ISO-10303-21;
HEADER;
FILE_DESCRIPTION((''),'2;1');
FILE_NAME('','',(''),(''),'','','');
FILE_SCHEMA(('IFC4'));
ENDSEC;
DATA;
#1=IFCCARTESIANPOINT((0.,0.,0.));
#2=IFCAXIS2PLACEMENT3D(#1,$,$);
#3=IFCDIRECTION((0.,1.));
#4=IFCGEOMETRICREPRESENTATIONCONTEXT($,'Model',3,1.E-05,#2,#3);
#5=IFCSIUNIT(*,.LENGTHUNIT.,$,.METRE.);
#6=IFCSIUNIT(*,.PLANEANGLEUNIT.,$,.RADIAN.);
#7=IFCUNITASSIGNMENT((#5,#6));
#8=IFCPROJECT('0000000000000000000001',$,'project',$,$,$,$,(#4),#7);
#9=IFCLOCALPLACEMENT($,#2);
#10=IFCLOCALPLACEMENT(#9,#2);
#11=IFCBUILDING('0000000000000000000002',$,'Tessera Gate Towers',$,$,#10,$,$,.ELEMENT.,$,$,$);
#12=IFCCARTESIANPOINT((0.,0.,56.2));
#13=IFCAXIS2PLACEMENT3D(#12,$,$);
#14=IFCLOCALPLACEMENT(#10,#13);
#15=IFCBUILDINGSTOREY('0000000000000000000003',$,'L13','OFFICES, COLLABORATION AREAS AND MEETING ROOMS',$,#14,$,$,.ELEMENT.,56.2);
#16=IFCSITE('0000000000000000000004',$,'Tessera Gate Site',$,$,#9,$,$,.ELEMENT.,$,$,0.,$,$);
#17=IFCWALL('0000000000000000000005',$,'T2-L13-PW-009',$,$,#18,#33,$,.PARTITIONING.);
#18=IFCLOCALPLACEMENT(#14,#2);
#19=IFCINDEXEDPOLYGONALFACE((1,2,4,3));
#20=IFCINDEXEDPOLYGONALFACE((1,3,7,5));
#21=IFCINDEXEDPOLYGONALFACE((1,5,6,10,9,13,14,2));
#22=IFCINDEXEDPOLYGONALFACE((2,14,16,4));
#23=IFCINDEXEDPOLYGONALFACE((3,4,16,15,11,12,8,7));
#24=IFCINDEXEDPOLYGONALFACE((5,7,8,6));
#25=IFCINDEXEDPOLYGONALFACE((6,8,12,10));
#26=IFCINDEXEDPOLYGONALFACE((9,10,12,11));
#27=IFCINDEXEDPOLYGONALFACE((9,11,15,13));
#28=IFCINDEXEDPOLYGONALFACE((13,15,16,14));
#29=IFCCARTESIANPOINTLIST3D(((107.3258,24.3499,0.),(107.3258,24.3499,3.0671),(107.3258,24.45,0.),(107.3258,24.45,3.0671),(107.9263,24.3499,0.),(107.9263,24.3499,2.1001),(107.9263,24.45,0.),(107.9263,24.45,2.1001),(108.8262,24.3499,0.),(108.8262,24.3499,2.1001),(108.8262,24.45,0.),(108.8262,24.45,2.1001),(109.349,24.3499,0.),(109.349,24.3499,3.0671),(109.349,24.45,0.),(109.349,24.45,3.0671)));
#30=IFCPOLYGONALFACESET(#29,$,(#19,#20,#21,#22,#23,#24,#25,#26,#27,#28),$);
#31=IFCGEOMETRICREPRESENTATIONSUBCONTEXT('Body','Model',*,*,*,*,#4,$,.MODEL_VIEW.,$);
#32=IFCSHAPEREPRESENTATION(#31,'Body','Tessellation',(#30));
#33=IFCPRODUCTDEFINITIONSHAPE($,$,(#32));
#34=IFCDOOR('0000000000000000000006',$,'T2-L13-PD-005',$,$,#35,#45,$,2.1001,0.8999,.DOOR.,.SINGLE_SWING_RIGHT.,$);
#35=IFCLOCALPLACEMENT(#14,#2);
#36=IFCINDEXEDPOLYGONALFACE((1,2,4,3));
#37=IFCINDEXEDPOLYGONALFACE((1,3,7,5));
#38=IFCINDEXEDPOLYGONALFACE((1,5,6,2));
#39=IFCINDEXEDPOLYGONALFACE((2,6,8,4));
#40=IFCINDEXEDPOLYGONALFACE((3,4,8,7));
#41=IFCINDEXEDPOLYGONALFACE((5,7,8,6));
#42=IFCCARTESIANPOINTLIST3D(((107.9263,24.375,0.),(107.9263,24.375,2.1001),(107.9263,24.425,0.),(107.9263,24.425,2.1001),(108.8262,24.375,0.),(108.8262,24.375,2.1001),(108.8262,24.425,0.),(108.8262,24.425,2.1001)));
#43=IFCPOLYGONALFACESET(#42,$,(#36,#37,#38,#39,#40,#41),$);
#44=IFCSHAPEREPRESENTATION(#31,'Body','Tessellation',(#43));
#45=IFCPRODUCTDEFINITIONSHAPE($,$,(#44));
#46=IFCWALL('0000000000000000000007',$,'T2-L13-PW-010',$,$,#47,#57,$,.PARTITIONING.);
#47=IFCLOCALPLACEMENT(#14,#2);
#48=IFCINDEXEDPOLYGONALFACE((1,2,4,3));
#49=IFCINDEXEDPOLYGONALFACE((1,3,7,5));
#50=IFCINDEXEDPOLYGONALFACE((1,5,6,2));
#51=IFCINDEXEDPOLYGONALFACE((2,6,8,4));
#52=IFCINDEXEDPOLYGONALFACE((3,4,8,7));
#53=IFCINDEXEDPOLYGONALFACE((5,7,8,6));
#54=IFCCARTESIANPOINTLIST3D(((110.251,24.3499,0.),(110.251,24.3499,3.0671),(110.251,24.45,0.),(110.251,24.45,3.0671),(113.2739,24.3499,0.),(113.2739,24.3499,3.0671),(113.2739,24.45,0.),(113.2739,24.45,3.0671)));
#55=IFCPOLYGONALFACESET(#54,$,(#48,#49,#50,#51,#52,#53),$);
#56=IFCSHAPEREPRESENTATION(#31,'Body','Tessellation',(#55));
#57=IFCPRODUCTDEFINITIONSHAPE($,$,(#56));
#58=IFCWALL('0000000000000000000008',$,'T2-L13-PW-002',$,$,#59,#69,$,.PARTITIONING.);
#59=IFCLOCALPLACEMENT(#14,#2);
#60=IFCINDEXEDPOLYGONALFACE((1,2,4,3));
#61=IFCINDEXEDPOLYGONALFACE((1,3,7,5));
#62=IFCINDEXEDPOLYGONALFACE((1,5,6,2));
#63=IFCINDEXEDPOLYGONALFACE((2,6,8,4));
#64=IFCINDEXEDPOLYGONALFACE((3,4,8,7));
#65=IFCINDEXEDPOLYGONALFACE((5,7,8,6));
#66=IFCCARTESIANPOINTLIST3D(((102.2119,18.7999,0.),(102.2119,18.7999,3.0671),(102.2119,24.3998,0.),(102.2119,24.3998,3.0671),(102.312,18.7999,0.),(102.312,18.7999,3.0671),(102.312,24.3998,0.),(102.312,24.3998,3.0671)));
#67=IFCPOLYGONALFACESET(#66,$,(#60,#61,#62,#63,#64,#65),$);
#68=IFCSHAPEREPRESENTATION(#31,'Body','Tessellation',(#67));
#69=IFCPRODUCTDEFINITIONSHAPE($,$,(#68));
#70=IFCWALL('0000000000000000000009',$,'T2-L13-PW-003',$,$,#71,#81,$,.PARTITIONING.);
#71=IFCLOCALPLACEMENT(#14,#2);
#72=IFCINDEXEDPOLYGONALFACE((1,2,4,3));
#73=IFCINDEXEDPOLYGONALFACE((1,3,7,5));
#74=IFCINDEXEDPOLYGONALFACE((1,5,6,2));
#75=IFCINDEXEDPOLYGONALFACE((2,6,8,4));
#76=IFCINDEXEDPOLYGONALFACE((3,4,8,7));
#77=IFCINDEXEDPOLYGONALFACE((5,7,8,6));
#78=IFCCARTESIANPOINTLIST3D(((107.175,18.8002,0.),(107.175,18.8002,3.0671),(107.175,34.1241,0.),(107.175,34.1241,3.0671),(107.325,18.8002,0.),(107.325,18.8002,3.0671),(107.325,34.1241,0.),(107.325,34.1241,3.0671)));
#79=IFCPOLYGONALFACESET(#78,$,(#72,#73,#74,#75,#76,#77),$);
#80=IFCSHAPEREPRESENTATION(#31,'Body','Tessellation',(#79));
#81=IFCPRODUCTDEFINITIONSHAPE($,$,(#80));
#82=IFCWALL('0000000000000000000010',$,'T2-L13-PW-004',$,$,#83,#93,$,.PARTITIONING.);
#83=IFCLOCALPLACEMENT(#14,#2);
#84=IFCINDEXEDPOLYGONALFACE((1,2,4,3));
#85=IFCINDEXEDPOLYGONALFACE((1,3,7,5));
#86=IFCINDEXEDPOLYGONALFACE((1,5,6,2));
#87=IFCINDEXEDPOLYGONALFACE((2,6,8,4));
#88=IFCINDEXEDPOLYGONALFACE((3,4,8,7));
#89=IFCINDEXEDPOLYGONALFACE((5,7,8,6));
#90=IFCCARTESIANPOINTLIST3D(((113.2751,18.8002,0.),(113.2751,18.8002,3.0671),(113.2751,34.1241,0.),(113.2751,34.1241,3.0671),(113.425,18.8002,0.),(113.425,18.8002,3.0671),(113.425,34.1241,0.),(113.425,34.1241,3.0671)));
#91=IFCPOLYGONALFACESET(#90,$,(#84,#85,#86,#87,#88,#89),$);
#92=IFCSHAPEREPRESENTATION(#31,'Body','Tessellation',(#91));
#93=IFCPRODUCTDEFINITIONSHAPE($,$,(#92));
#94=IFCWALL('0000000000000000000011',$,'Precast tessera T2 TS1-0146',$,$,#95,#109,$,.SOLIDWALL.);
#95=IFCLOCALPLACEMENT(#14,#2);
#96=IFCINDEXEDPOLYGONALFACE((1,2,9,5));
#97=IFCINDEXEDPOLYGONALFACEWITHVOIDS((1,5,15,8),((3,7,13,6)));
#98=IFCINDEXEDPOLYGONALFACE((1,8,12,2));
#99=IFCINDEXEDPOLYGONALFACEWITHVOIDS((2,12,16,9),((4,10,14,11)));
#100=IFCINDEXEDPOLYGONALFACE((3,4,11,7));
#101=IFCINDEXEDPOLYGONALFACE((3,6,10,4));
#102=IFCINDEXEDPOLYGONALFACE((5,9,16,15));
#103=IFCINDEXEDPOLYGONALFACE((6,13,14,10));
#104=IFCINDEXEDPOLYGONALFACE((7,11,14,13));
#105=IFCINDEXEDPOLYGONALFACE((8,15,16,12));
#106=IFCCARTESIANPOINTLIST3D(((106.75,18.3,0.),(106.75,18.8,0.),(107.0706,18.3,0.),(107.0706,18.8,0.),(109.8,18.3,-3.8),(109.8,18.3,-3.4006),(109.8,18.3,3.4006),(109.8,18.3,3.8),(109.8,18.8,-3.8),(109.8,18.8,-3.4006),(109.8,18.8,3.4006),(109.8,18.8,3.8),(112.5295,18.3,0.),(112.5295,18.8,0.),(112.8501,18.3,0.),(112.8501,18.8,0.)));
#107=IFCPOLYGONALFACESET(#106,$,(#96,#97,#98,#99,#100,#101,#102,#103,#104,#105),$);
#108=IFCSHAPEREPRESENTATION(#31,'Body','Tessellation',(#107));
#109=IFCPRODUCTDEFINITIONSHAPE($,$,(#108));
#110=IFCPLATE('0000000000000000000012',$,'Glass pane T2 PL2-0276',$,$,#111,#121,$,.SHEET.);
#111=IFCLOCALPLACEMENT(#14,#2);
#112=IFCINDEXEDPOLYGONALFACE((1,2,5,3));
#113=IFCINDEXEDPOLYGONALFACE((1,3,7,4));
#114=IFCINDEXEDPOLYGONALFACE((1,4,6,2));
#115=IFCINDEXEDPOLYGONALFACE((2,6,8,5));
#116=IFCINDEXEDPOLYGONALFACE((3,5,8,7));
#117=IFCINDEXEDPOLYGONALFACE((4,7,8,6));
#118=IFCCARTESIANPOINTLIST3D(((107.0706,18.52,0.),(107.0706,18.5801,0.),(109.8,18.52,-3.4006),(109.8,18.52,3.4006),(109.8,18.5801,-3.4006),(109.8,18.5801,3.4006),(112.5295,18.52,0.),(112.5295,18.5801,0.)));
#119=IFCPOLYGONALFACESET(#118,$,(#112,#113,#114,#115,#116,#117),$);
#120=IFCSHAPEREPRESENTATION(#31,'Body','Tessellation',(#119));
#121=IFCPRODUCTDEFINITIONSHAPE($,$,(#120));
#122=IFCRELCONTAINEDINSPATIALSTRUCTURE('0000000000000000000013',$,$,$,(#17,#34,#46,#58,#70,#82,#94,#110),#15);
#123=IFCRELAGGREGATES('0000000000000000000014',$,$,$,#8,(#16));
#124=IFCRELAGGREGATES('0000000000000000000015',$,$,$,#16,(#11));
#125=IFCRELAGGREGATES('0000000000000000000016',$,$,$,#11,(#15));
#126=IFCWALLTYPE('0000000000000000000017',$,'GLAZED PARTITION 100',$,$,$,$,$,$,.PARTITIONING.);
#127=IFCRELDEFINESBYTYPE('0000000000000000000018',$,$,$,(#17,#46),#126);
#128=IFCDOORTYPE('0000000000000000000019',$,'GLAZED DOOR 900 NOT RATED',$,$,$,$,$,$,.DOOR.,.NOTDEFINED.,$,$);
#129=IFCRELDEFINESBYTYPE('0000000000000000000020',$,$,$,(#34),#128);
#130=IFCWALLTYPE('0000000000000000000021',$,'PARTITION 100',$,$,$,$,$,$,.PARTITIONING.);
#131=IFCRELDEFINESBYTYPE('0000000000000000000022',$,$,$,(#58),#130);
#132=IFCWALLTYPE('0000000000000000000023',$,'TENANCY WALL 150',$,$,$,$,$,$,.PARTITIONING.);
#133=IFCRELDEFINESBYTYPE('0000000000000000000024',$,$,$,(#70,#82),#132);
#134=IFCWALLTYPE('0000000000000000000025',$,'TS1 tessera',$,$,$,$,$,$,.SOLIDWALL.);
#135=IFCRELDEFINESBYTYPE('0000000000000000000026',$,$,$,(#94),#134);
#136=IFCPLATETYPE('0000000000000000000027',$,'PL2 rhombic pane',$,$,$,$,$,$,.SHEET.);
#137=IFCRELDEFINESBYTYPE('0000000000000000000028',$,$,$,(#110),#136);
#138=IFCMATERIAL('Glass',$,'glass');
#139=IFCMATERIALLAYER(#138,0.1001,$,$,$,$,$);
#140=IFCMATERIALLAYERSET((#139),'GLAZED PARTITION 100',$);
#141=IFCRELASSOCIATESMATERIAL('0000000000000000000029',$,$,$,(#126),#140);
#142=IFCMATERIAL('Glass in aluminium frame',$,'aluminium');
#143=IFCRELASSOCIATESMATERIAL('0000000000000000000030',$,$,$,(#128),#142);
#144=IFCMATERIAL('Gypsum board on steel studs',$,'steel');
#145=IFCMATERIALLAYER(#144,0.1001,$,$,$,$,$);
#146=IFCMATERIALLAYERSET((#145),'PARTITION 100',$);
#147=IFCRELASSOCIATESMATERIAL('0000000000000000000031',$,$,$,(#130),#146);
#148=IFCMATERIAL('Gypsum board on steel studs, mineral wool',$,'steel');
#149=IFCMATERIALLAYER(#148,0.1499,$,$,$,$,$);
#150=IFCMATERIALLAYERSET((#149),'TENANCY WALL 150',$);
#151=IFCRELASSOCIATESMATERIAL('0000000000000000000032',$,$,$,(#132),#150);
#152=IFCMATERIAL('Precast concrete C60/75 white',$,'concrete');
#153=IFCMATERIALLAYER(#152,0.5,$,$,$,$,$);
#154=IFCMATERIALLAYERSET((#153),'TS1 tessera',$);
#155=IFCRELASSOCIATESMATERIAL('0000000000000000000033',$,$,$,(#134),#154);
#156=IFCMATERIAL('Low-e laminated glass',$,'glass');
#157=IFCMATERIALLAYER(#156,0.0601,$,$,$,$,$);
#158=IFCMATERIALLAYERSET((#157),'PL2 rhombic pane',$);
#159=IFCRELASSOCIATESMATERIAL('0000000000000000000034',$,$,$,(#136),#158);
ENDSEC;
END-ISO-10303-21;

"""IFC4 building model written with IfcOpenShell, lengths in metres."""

from ifc_helpers import new_model, si_unit, direction, frame, frame_2d, origin, place, context, subcontext, project, spatial, polyline, rectangle, outline, extrude, source, transform, mapped, material, layer, layer_set, type_object, element, fill, save


model = new_model("IFC4")

# Units and contexts
model_context = context("Model", 3, precision=1e-05, world=origin(), true_north=direction((0.0, 1.0)))
body_context = subcontext(model_context, "Body", "Model", "MODEL_VIEW")
ifc_project = project(units=[si_unit("LENGTHUNIT", "METRE"), si_unit("PLANEANGLEUNIT", "RADIAN")], contexts=[model_context])

# Site, building, storey
site_placement = place(None, origin())
site = spatial("IfcSite", under=ifc_project, at=site_placement, Name="Tessera Gate Site", CompositionType="ELEMENT", RefElevation=0.0)
building_placement = place(site_placement, origin())
building = spatial("IfcBuilding", under=site, at=building_placement, Name="Tessera Gate Towers", CompositionType="ELEMENT")
storey_placement = place(building_placement, frame((0.0, 0.0, 56.2)))
storey = spatial("IfcBuildingStorey", under=building, at=storey_placement, Name="L13", Description="OFFICES, COLLABORATION AREAS AND MEETING ROOMS", CompositionType="ELEMENT", Elevation=56.2)

# Wall, opening, door
ifc_material_1 = material(Name="Glass", Category="glass")
ifc_layer_1 = layer(ifc_material_1, 0.1001)
ifc_layer_set_1 = layer_set([ifc_layer_1], Name="GLAZED PARTITION 100")
wall_type_1 = type_object("IfcWallType", Name="GLAZED PARTITION 100", PredefinedType="PARTITIONING", material=ifc_layer_set_1)
shared_shape_1 = source(origin(), body_context, "Body", "SweptSolid", [
    extrude(rectangle(XDim=0.8999, YDim=2.1001, at=frame_2d((0.45, 1.05))), frame((0.0, 0.0601, 0.0), z_axis=(0.0, -1.0, 0.0), x_axis=(1.0, 0.0, 0.0)), (0.0, 0.0, 1.0), 0.1201),
])
ifc_material_2 = material(Name="Glass in aluminium frame", Category="aluminium")
door_type = type_object("IfcDoorType", Name="GLAZED DOOR 900 NOT RATED", OperationType="NOTDEFINED", PredefinedType="DOOR", material=ifc_material_2)
shared_shape_2 = source(origin(), body_context, "Body", "SweptSolid", [
    extrude(rectangle(XDim=0.8999, YDim=2.1001, at=frame_2d((0.45, 1.05))), frame((0.0, 0.0249, 0.0), z_axis=(0.0, -1.0, 0.0), x_axis=(1.0, 0.0, 0.0)), (0.0, 0.0, 1.0), 0.05),
])
wall_1_placement = place(storey_placement, frame((109.3491, 24.3999, 0.0), z_axis=(0.0, 0.0, 1.0), x_axis=(-1.0, 0.0, 0.0)))
wall_1 = element("IfcWall", 1, at=wall_1_placement, inside=storey, type_object=wall_type_1, Name="T2-L13-PW-009", PredefinedType="PARTITIONING", context=body_context, shape_type="SweptSolid", body=[
    extrude(rectangle(XDim=2.0232, YDim=0.1001, at=frame_2d((1.0117, 0.0))), origin(), (0.0, 0.0, 1.0), 3.0671),
])
opening_1_placement = place(wall_1_placement, frame((0.5229, 0.0, 0.0)))
opening_1 = element("IfcOpeningElement", 2, at=opening_1_placement, cuts=wall_1, PredefinedType="OPENING", context=body_context, shape_type="MappedRepresentation", body=[
    mapped(shared_shape_1, transform((0.0, 0.0, 0.0), scale=1.0)),
])
door_1_placement = place(opening_1_placement, origin())
door_1 = element("IfcDoor", 3, at=door_1_placement, inside=storey, type_object=door_type, Name="T2-L13-PD-005", OperationType="SINGLE_SWING_RIGHT", OverallHeight=2.1001, OverallWidth=0.8999, PredefinedType="DOOR", context=body_context, shape_type="MappedRepresentation", body=[
    mapped(shared_shape_2, transform((0.0, 0.0, 0.0), scale=1.0)),
])
fill(opening_1, door_1)

# Walls
wall_2_placement = place(storey_placement, frame((110.251, 24.3999, 0.0), z_axis=(0.0, 0.0, 1.0), x_axis=(1.0, 0.0, 0.0)))
element("IfcWall", 4, at=wall_2_placement, inside=storey, type_object=wall_type_1, Name="T2-L13-PW-010", PredefinedType="PARTITIONING", context=body_context, shape_type="SweptSolid", body=[
    extrude(rectangle(XDim=3.0229, YDim=0.1001, at=frame_2d((1.5115, 0.0))), origin(), (0.0, 0.0, 1.0), 3.0671),
])
ifc_material_3 = material(Name="Gypsum board on steel studs", Category="steel")
ifc_layer_2 = layer(ifc_material_3, 0.1001)
ifc_layer_set_2 = layer_set([ifc_layer_2], Name="PARTITION 100")
wall_type_2 = type_object("IfcWallType", Name="PARTITION 100", PredefinedType="PARTITIONING", material=ifc_layer_set_2)
wall_3_placement = place(storey_placement, frame((102.262, 18.8, 0.0), z_axis=(0.0, 0.0, 1.0), x_axis=(0.0, 1.0, 0.0)))
element("IfcWall", 5, at=wall_3_placement, inside=storey, type_object=wall_type_2, Name="T2-L13-PW-002", PredefinedType="PARTITIONING", context=body_context, shape_type="SweptSolid", body=[
    extrude(rectangle(XDim=5.5999, YDim=0.1001, at=frame_2d((2.7998, 0.0))), origin(), (0.0, 0.0, 1.0), 3.0671),
])
ifc_material_4 = material(Name="Gypsum board on steel studs, mineral wool", Category="steel")
ifc_layer_3 = layer(ifc_material_4, 0.1499)
ifc_layer_set_3 = layer_set([ifc_layer_3], Name="TENANCY WALL 150")
wall_type_3 = type_object("IfcWallType", Name="TENANCY WALL 150", PredefinedType="PARTITIONING", material=ifc_layer_set_3)
for number, where, z_axis, x_axis, name in (
    (6, (107.25, 18.8, 0.0), (0.0, 0.0, 1.0), (0.0, 1.0, 0.0), "T2-L13-PW-003"),
    (7, (113.3501, 18.8, 0.0), (0.0, 0.0, 1.0), (0.0, 1.0, 0.0), "T2-L13-PW-004"),
):
    element("IfcWall", number, at=place(storey_placement, frame(where, z_axis=z_axis, x_axis=x_axis)), inside=storey, type_object=wall_type_3, Name=name, PredefinedType="PARTITIONING", context=body_context, shape_type="SweptSolid", body=[
        extrude(rectangle(XDim=15.324, YDim=0.1499, at=frame_2d((7.6621, 0.0))), origin(), (0.0, 0.0, 1.0), 3.0671),
    ])

# Wall, opening, plate
ifc_material_5 = material(Name="Precast concrete C60/75 white", Category="concrete")
ifc_layer_4 = layer(ifc_material_5, 0.5)
ifc_layer_set_4 = layer_set([ifc_layer_4], Name="TS1 tessera")
wall_type_4 = type_object("IfcWallType", Name="TS1 tessera", PredefinedType="SOLIDWALL", material=ifc_layer_set_4)
shared_shape_3 = source(origin(), body_context, "Body", "SweptSolid", [
    extrude(outline(polyline([(3.05, 0.0), (6.1001, 3.8), (3.05, 7.6001), (0.0, 3.8), (3.05, 0.0)])), frame((0.0, 0.25, 0.0), z_axis=(0.0, -1.0, 0.0), x_axis=(1.0, 0.0, 0.0)), (0.0, 0.0, 1.0), 0.5),
])
wall_4_placement = place(storey_placement, frame((106.75, 18.55, -3.8), z_axis=(0.0, 0.0, 1.0), x_axis=(1.0, 0.0, 0.0)))
wall_4 = element("IfcWall", 8, at=wall_4_placement, inside=storey, type_object=wall_type_4, Name="Precast tessera T2 TS1-0146", PredefinedType="SOLIDWALL", context=body_context, shape_type="MappedRepresentation", body=[
    mapped(shared_shape_3, transform((0.0, 0.0, 0.0), scale=1.0)),
])
shared_shape_4 = source(origin(), body_context, "Body", "SweptSolid", [
    extrude(outline(polyline([(3.05, 0.3994), (5.7795, 3.8), (3.05, 7.2007), (0.3206, 3.8), (3.05, 0.3994)])), frame((0.0, 0.26, 0.0), z_axis=(0.0, -1.0, 0.0), x_axis=(1.0, 0.0, 0.0)), (0.0, 0.0, 1.0), 0.52),
])
opening_2_placement = place(wall_4_placement, origin())
opening_2 = element("IfcOpeningElement", 9, at=opening_2_placement, cuts=wall_4, PredefinedType="OPENING", context=body_context, shape_type="MappedRepresentation", body=[
    mapped(shared_shape_4, transform((0.0, 0.0, 0.0), scale=1.0)),
])
ifc_material_6 = material(Name="Low-e laminated glass", Category="glass")
ifc_layer_5 = layer(ifc_material_6, 0.0601)
ifc_layer_set_5 = layer_set([ifc_layer_5], Name="PL2 rhombic pane")
plate_type = type_object("IfcPlateType", Name="PL2 rhombic pane", PredefinedType="SHEET", material=ifc_layer_set_5)
shared_shape_5 = source(origin(), body_context, "Body", "SweptSolid", [
    extrude(outline(polyline([(3.05, 0.3994), (5.7795, 3.8), (3.05, 7.2007), (0.3206, 3.8), (3.05, 0.3994)])), frame((0.0, 0.03, 0.0), z_axis=(0.0, -1.0, 0.0), x_axis=(1.0, 0.0, 0.0)), (0.0, 0.0, 1.0), 0.0601),
])
plate_placement = place(opening_2_placement, origin())
plate = element("IfcPlate", 10, at=plate_placement, inside=storey, type_object=plate_type, Name="Glass pane T2 PL2-0276", PredefinedType="SHEET", context=body_context, shape_type="MappedRepresentation", body=[
    mapped(shared_shape_5, transform((0.0, 0.0, 0.0), scale=1.0)),
])
fill(opening_2, plate)

save(model, "model.ifc")
